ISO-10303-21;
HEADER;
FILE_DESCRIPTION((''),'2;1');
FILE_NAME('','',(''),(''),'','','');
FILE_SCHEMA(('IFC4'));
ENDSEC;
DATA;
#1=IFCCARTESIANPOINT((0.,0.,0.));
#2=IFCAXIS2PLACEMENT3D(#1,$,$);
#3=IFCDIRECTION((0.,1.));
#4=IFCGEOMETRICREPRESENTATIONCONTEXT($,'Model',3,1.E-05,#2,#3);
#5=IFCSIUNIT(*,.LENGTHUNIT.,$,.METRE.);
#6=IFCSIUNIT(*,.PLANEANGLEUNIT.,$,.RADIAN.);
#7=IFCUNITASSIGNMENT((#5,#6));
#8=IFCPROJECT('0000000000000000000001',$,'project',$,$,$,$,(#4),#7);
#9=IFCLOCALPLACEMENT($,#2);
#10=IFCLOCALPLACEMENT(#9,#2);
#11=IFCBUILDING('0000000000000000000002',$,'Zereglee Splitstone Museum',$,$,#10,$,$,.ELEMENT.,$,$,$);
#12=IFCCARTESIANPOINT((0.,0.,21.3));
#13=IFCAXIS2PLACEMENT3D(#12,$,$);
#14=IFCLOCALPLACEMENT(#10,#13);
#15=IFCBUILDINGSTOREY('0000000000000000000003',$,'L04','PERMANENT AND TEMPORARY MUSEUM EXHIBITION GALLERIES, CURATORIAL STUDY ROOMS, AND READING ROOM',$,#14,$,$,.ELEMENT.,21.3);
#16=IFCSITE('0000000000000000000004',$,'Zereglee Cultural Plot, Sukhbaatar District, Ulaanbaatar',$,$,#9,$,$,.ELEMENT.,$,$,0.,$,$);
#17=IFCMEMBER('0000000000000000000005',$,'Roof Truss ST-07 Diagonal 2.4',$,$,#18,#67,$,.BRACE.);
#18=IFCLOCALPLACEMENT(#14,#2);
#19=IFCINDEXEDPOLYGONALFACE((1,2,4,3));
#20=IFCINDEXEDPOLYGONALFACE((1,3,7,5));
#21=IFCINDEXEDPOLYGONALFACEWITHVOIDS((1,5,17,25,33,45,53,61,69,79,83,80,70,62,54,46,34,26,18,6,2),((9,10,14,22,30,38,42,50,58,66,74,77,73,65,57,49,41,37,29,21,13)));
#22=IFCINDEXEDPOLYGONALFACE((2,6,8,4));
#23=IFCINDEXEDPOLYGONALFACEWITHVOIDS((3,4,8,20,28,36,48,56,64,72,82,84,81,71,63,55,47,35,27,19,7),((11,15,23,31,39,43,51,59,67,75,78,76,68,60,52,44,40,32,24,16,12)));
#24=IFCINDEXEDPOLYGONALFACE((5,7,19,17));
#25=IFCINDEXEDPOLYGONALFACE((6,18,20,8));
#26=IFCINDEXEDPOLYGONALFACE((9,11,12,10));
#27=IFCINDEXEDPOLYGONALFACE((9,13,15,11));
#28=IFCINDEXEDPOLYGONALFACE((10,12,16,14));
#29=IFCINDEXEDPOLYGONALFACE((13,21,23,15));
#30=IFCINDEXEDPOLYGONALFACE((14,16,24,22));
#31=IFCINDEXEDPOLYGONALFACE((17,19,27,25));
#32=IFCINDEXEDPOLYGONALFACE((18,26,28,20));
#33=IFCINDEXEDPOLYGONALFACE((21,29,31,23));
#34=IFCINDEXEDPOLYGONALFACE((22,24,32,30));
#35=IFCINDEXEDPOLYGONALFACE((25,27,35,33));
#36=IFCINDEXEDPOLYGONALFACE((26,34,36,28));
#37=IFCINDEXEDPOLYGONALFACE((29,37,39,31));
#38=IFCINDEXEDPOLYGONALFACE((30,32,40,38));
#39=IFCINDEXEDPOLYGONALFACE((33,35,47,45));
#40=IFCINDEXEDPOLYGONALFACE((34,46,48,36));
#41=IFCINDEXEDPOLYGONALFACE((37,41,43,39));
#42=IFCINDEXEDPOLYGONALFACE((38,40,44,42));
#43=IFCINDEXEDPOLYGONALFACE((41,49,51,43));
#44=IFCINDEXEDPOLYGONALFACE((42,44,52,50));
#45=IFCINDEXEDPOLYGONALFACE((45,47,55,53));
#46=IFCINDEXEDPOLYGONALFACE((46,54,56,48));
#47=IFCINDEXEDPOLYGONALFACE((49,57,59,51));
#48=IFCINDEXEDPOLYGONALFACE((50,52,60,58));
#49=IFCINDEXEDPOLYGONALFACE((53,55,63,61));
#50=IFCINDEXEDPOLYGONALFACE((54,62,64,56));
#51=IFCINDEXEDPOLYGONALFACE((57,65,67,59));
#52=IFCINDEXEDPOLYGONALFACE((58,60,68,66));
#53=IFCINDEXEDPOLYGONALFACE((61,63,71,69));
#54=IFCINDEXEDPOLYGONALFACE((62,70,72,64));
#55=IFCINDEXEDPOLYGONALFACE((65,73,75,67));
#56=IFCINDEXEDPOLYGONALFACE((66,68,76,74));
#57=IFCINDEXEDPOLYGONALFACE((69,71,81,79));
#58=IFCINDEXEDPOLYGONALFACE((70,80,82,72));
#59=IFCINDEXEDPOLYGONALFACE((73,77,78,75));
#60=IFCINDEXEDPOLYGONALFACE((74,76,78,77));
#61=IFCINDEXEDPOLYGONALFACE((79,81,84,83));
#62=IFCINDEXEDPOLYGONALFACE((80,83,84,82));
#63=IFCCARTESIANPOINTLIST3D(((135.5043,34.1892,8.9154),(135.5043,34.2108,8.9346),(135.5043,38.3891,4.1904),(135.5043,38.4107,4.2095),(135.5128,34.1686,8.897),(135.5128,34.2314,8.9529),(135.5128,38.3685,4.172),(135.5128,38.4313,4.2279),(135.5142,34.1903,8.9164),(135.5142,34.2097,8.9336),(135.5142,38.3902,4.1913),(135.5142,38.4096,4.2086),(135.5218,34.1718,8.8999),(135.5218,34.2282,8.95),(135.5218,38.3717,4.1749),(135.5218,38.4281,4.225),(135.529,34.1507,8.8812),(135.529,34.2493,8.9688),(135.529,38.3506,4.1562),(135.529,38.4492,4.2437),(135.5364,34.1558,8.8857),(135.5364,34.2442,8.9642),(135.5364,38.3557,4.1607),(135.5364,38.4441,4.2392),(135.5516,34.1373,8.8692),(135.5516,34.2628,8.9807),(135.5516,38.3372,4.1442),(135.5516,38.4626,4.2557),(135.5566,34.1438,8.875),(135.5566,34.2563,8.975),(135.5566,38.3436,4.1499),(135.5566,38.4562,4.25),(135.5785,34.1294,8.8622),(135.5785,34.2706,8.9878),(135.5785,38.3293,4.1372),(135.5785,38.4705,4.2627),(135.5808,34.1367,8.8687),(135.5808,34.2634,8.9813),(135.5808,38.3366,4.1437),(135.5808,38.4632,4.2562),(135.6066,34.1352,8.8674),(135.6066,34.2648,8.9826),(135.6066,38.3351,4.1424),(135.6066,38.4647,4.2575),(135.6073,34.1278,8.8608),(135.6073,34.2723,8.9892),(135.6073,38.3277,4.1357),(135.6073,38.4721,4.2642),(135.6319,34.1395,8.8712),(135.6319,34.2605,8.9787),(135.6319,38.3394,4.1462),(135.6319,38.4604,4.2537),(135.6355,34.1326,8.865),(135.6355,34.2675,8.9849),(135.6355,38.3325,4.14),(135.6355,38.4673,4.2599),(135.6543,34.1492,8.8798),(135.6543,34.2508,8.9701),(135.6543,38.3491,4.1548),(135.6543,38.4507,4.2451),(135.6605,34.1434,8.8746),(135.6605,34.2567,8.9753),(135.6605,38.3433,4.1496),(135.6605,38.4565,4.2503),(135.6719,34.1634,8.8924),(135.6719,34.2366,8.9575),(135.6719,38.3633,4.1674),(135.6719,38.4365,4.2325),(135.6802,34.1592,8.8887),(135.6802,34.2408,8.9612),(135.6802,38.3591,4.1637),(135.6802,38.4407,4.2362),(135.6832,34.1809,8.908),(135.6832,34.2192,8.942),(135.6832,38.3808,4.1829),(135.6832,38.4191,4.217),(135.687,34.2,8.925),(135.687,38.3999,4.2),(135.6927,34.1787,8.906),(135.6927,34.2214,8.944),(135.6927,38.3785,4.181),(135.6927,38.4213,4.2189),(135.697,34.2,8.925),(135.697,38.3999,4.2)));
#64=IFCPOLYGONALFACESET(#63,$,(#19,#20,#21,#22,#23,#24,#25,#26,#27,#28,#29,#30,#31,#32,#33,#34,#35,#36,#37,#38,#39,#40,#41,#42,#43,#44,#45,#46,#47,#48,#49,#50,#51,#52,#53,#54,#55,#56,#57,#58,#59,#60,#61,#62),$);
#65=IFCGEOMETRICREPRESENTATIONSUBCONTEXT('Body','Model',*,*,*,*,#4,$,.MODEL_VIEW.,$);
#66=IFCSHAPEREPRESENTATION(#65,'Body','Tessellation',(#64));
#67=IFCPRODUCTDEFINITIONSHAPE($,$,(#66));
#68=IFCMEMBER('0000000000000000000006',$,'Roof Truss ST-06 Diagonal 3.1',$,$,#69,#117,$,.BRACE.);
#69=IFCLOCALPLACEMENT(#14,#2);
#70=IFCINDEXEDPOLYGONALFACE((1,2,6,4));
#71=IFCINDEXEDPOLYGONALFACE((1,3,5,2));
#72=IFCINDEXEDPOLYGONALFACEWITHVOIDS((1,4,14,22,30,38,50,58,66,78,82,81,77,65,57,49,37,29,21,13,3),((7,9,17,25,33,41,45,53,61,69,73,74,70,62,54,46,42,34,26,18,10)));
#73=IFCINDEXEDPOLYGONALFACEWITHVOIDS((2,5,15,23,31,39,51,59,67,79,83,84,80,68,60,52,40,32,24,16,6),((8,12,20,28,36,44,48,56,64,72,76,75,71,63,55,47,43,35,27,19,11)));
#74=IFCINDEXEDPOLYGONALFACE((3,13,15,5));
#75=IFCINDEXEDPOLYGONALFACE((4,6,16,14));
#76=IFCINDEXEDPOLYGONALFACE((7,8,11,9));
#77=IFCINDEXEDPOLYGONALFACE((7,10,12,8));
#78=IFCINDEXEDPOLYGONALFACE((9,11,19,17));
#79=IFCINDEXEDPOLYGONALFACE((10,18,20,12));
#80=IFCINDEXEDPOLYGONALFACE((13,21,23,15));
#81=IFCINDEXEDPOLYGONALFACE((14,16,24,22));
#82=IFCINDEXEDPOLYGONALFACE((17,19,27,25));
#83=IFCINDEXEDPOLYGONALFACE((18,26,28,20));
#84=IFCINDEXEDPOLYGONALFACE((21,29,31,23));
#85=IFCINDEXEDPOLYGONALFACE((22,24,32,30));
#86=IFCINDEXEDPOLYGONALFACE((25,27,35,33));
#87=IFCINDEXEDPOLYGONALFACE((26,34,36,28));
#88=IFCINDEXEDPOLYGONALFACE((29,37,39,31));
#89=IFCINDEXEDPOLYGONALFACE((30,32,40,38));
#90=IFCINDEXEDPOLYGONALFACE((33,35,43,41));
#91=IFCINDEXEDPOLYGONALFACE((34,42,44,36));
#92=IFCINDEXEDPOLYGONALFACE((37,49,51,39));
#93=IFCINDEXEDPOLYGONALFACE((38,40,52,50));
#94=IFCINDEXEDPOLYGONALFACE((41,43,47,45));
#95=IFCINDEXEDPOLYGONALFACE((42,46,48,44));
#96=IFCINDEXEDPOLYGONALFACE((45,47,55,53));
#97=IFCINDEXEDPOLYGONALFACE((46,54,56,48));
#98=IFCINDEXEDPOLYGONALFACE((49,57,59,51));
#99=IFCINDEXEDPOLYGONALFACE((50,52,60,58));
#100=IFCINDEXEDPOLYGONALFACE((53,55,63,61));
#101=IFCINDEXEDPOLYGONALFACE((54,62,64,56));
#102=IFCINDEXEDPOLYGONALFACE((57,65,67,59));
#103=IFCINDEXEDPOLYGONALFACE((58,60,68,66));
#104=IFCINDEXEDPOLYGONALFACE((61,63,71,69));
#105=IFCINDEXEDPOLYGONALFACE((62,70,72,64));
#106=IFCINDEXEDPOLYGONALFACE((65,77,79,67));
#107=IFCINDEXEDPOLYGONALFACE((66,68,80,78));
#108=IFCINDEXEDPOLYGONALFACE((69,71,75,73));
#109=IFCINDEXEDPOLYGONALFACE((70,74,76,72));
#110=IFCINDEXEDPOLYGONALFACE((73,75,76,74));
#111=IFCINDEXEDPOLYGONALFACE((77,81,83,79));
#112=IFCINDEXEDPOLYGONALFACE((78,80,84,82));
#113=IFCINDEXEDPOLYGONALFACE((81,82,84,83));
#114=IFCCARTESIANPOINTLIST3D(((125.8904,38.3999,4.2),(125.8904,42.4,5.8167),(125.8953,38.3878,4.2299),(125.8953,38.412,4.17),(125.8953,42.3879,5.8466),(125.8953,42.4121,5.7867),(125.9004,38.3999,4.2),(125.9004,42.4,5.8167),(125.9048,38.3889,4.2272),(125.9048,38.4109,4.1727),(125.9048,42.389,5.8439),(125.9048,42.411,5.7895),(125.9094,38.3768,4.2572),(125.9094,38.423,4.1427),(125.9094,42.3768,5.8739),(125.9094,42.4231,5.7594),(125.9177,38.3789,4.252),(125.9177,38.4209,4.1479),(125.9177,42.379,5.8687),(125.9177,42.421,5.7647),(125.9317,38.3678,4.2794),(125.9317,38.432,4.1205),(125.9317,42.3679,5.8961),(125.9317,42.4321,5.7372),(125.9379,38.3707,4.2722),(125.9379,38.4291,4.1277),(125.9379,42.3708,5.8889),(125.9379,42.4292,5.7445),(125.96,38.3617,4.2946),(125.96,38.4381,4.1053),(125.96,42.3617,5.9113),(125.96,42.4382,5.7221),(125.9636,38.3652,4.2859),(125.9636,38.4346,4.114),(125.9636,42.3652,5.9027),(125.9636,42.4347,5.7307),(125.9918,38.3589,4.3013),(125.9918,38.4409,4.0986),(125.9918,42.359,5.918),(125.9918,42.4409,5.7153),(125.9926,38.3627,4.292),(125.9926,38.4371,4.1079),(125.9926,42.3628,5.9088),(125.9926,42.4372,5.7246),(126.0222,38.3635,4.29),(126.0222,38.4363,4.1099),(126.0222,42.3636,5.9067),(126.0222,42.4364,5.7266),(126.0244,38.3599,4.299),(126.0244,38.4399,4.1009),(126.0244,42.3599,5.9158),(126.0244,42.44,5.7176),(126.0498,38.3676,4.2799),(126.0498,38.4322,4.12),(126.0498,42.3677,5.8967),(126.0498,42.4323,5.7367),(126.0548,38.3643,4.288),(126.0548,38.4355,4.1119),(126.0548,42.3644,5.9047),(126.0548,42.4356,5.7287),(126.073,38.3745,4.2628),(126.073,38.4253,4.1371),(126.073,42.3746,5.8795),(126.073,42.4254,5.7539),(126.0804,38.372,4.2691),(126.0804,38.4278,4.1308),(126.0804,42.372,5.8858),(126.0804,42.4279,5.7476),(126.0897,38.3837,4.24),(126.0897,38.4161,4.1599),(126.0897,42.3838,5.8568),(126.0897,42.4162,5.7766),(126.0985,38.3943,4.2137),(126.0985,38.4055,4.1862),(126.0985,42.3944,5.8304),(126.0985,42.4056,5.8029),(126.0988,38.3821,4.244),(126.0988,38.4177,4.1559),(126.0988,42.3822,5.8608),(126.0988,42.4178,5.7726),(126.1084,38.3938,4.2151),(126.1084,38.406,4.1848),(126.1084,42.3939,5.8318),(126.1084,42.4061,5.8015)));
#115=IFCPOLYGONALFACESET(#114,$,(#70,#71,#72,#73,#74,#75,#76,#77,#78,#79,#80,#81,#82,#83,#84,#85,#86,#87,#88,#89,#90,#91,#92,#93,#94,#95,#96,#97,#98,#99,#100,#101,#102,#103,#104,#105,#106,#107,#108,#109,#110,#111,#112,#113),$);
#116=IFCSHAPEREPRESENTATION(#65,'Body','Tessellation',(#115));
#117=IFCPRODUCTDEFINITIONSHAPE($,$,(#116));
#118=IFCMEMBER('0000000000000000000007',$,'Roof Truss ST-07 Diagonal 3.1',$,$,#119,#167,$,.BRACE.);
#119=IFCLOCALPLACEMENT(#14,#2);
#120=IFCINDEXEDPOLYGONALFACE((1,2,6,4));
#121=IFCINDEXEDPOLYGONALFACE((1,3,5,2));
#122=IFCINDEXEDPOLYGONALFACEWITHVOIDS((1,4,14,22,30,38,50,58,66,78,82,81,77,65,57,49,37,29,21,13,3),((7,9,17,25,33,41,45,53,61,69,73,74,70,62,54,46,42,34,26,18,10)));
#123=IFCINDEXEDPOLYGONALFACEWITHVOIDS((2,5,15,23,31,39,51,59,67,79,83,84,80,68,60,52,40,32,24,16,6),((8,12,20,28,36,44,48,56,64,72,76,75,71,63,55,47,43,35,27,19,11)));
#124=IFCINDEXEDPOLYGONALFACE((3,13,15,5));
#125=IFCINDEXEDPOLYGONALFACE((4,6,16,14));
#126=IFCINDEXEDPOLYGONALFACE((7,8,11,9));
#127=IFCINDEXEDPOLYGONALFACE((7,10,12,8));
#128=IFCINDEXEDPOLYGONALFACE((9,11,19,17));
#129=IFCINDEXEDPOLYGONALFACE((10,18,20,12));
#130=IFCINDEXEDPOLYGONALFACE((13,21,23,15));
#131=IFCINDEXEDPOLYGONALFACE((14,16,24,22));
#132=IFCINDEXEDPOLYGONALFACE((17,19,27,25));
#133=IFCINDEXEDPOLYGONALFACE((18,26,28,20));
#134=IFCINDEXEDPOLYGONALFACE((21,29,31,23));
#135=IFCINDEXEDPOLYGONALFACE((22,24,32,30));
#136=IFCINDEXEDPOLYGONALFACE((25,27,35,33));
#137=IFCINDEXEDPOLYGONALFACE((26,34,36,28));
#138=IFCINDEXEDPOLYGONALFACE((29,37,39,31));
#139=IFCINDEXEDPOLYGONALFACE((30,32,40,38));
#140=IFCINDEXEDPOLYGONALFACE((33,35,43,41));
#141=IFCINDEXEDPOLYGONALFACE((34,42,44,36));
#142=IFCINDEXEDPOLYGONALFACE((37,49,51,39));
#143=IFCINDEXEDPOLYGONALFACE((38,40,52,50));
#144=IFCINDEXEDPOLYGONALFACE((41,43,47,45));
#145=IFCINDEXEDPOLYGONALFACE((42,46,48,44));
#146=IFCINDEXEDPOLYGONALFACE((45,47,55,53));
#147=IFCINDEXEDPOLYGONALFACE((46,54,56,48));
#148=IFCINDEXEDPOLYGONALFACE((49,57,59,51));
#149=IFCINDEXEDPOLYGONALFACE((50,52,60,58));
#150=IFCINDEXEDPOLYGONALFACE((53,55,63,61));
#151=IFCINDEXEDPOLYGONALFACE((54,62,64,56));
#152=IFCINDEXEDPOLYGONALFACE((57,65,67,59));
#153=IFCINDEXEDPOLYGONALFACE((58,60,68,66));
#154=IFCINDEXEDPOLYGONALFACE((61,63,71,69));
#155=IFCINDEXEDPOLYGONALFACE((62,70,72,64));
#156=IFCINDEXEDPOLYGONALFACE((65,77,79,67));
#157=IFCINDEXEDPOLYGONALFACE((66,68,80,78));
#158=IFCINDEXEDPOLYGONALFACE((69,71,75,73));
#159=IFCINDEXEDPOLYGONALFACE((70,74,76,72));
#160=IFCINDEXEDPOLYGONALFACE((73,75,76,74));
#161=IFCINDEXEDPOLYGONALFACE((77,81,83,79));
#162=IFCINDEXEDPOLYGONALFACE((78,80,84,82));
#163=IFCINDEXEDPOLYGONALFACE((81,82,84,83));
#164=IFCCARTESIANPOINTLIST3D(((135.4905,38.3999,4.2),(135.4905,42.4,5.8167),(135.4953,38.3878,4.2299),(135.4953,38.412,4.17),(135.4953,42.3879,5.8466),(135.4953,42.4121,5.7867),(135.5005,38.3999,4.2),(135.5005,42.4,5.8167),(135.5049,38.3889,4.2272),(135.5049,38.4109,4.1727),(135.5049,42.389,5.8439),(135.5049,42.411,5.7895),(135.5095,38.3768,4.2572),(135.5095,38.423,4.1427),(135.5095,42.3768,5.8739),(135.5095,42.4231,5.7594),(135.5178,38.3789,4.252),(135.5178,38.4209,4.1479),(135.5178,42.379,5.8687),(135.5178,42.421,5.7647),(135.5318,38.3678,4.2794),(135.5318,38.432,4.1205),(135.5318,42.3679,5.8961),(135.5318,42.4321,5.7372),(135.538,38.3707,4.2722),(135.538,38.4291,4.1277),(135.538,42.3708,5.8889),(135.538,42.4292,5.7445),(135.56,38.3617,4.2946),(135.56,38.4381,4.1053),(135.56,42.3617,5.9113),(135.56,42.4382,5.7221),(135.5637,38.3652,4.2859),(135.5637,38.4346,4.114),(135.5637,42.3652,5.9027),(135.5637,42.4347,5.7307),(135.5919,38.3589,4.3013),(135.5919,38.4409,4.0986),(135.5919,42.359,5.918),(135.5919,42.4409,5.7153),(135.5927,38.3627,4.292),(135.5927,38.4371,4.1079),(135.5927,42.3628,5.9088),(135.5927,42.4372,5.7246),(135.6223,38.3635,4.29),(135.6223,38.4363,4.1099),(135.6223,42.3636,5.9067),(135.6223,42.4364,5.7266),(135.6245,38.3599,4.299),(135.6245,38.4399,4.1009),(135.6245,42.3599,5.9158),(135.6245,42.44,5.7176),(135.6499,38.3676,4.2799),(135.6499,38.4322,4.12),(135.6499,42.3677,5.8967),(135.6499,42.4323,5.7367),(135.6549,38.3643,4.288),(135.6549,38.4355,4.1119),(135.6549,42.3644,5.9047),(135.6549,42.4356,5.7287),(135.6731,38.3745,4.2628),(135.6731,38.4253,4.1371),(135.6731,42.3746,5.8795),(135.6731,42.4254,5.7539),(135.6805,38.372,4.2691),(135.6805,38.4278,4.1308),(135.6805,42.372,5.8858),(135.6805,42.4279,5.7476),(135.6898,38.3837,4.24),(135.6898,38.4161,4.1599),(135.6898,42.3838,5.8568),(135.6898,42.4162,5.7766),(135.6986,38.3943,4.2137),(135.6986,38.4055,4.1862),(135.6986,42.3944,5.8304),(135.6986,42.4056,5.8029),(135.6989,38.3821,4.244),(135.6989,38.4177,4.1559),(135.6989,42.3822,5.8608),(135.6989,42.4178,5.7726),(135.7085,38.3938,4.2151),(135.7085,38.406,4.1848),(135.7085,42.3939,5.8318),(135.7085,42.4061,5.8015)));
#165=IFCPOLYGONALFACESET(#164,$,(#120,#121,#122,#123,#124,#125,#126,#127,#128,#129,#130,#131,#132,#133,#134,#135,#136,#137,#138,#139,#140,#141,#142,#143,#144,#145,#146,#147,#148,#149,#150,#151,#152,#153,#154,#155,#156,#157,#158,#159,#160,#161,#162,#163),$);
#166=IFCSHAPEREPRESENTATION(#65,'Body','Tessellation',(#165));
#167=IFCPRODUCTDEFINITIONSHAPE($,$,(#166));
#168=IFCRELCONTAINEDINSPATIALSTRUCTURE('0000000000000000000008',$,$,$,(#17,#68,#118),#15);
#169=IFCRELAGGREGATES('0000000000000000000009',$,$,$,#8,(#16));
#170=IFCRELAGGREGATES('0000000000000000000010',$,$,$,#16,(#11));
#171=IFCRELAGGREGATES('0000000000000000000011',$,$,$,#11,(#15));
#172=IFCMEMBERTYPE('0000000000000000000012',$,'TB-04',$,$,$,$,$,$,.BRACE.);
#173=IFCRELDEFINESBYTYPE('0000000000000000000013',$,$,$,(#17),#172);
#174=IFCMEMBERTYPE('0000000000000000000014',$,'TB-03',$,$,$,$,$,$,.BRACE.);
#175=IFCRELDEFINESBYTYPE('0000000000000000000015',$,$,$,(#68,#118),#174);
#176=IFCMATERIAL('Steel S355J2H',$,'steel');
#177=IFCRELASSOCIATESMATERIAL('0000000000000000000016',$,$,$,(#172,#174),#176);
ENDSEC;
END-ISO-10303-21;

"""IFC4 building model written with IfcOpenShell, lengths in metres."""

from ifc_helpers import new_model, si_unit, direction, frame, origin, origin_2d, place, context, subcontext, project, spatial, hollow_circle, extrude, material, material_profile, profile_set, type_object, element, save


model = new_model("IFC4")

# Units and contexts
model_context = context("Model", 3, precision=1e-05, world=origin(), true_north=direction((0.0, 1.0)))
body_context = subcontext(model_context, "Body", "Model", "MODEL_VIEW")
ifc_project = project(units=[si_unit("LENGTHUNIT", "METRE"), si_unit("PLANEANGLEUNIT", "RADIAN")], contexts=[model_context])

# Site, building, storey
site_placement = place(None, origin())
site = spatial("IfcSite", under=ifc_project, at=site_placement, Name="Zereglee Cultural Plot, Sukhbaatar District, Ulaanbaatar", CompositionType="ELEMENT", RefElevation=0.0)
building_placement = place(site_placement, origin())
building = spatial("IfcBuilding", under=site, at=building_placement, Name="Zereglee Splitstone Museum", CompositionType="ELEMENT")
storey_placement = place(building_placement, frame((0.0, 0.0, 21.3)))
storey = spatial("IfcBuildingStorey", under=building, at=storey_placement, Name="L04", Description="PERMANENT AND TEMPORARY MUSEUM EXHIBITION GALLERIES, CURATORIAL STUDY ROOMS, AND READING ROOM", CompositionType="ELEMENT", Elevation=21.3)

# Members
ifc_material_1 = material(Name="Steel S355J2H", Category="steel")
ifc_material_profile_1 = material_profile(ifc_material_1, hollow_circle(Radius=0.0969, WallThickness=0.01, at=origin_2d()), Name="CHS 193.7x10")
ifc_profile_set_1 = profile_set([ifc_material_profile_1], Name="Steel S355J2H")
member_type_1 = type_object("IfcMemberType", Name="TB-04", PredefinedType="BRACE", material=ifc_profile_set_1)
member_1_placement = place(storey_placement, frame((135.6001, 38.3999, 4.2), z_axis=(0.0, -0.664352, 0.74742), x_axis=(1.0, 0.0, 0.0)))
element("IfcMember", 1, at=member_1_placement, inside=storey, type_object=member_type_1, Name="Roof Truss ST-07 Diagonal 2.4", PredefinedType="BRACE", context=body_context, shape_type="SweptSolid", body=[
    extrude(hollow_circle(Radius=0.0969, WallThickness=0.01, at=origin_2d()), origin(), (0.0, 0.0, 1.0), 6.3218),
])
ifc_material_profile_2 = material_profile(ifc_material_1, hollow_circle(Radius=0.1096, WallThickness=0.01, at=origin_2d()), Name="CHS 219.1x10")
ifc_profile_set_2 = profile_set([ifc_material_profile_2], Name="Steel S355J2H")
member_type_2 = type_object("IfcMemberType", Name="TB-03", PredefinedType="BRACE", material=ifc_profile_set_2)
for number, where, z_axis, x_axis, name in (
    (2, (126.0, 38.3999, 4.2), (0.0, 0.927136, 0.374725), (-1.0, 0.0, 0.0), "Roof Truss ST-06 Diagonal 3.1"),
    (3, (135.6001, 38.3999, 4.2), (0.0, 0.927136, 0.374725), (-1.0, 0.0, 0.0), "Roof Truss ST-07 Diagonal 3.1"),
):
    element("IfcMember", number, at=place(storey_placement, frame(where, z_axis=z_axis, x_axis=x_axis)), inside=storey, type_object=member_type_2, Name=name, PredefinedType="BRACE", context=body_context, shape_type="SweptSolid", body=[
        extrude(hollow_circle(Radius=0.1096, WallThickness=0.01, at=origin_2d()), origin(), (0.0, 0.0, 1.0), 4.3145),
    ])

save(model, "model.ifc")
